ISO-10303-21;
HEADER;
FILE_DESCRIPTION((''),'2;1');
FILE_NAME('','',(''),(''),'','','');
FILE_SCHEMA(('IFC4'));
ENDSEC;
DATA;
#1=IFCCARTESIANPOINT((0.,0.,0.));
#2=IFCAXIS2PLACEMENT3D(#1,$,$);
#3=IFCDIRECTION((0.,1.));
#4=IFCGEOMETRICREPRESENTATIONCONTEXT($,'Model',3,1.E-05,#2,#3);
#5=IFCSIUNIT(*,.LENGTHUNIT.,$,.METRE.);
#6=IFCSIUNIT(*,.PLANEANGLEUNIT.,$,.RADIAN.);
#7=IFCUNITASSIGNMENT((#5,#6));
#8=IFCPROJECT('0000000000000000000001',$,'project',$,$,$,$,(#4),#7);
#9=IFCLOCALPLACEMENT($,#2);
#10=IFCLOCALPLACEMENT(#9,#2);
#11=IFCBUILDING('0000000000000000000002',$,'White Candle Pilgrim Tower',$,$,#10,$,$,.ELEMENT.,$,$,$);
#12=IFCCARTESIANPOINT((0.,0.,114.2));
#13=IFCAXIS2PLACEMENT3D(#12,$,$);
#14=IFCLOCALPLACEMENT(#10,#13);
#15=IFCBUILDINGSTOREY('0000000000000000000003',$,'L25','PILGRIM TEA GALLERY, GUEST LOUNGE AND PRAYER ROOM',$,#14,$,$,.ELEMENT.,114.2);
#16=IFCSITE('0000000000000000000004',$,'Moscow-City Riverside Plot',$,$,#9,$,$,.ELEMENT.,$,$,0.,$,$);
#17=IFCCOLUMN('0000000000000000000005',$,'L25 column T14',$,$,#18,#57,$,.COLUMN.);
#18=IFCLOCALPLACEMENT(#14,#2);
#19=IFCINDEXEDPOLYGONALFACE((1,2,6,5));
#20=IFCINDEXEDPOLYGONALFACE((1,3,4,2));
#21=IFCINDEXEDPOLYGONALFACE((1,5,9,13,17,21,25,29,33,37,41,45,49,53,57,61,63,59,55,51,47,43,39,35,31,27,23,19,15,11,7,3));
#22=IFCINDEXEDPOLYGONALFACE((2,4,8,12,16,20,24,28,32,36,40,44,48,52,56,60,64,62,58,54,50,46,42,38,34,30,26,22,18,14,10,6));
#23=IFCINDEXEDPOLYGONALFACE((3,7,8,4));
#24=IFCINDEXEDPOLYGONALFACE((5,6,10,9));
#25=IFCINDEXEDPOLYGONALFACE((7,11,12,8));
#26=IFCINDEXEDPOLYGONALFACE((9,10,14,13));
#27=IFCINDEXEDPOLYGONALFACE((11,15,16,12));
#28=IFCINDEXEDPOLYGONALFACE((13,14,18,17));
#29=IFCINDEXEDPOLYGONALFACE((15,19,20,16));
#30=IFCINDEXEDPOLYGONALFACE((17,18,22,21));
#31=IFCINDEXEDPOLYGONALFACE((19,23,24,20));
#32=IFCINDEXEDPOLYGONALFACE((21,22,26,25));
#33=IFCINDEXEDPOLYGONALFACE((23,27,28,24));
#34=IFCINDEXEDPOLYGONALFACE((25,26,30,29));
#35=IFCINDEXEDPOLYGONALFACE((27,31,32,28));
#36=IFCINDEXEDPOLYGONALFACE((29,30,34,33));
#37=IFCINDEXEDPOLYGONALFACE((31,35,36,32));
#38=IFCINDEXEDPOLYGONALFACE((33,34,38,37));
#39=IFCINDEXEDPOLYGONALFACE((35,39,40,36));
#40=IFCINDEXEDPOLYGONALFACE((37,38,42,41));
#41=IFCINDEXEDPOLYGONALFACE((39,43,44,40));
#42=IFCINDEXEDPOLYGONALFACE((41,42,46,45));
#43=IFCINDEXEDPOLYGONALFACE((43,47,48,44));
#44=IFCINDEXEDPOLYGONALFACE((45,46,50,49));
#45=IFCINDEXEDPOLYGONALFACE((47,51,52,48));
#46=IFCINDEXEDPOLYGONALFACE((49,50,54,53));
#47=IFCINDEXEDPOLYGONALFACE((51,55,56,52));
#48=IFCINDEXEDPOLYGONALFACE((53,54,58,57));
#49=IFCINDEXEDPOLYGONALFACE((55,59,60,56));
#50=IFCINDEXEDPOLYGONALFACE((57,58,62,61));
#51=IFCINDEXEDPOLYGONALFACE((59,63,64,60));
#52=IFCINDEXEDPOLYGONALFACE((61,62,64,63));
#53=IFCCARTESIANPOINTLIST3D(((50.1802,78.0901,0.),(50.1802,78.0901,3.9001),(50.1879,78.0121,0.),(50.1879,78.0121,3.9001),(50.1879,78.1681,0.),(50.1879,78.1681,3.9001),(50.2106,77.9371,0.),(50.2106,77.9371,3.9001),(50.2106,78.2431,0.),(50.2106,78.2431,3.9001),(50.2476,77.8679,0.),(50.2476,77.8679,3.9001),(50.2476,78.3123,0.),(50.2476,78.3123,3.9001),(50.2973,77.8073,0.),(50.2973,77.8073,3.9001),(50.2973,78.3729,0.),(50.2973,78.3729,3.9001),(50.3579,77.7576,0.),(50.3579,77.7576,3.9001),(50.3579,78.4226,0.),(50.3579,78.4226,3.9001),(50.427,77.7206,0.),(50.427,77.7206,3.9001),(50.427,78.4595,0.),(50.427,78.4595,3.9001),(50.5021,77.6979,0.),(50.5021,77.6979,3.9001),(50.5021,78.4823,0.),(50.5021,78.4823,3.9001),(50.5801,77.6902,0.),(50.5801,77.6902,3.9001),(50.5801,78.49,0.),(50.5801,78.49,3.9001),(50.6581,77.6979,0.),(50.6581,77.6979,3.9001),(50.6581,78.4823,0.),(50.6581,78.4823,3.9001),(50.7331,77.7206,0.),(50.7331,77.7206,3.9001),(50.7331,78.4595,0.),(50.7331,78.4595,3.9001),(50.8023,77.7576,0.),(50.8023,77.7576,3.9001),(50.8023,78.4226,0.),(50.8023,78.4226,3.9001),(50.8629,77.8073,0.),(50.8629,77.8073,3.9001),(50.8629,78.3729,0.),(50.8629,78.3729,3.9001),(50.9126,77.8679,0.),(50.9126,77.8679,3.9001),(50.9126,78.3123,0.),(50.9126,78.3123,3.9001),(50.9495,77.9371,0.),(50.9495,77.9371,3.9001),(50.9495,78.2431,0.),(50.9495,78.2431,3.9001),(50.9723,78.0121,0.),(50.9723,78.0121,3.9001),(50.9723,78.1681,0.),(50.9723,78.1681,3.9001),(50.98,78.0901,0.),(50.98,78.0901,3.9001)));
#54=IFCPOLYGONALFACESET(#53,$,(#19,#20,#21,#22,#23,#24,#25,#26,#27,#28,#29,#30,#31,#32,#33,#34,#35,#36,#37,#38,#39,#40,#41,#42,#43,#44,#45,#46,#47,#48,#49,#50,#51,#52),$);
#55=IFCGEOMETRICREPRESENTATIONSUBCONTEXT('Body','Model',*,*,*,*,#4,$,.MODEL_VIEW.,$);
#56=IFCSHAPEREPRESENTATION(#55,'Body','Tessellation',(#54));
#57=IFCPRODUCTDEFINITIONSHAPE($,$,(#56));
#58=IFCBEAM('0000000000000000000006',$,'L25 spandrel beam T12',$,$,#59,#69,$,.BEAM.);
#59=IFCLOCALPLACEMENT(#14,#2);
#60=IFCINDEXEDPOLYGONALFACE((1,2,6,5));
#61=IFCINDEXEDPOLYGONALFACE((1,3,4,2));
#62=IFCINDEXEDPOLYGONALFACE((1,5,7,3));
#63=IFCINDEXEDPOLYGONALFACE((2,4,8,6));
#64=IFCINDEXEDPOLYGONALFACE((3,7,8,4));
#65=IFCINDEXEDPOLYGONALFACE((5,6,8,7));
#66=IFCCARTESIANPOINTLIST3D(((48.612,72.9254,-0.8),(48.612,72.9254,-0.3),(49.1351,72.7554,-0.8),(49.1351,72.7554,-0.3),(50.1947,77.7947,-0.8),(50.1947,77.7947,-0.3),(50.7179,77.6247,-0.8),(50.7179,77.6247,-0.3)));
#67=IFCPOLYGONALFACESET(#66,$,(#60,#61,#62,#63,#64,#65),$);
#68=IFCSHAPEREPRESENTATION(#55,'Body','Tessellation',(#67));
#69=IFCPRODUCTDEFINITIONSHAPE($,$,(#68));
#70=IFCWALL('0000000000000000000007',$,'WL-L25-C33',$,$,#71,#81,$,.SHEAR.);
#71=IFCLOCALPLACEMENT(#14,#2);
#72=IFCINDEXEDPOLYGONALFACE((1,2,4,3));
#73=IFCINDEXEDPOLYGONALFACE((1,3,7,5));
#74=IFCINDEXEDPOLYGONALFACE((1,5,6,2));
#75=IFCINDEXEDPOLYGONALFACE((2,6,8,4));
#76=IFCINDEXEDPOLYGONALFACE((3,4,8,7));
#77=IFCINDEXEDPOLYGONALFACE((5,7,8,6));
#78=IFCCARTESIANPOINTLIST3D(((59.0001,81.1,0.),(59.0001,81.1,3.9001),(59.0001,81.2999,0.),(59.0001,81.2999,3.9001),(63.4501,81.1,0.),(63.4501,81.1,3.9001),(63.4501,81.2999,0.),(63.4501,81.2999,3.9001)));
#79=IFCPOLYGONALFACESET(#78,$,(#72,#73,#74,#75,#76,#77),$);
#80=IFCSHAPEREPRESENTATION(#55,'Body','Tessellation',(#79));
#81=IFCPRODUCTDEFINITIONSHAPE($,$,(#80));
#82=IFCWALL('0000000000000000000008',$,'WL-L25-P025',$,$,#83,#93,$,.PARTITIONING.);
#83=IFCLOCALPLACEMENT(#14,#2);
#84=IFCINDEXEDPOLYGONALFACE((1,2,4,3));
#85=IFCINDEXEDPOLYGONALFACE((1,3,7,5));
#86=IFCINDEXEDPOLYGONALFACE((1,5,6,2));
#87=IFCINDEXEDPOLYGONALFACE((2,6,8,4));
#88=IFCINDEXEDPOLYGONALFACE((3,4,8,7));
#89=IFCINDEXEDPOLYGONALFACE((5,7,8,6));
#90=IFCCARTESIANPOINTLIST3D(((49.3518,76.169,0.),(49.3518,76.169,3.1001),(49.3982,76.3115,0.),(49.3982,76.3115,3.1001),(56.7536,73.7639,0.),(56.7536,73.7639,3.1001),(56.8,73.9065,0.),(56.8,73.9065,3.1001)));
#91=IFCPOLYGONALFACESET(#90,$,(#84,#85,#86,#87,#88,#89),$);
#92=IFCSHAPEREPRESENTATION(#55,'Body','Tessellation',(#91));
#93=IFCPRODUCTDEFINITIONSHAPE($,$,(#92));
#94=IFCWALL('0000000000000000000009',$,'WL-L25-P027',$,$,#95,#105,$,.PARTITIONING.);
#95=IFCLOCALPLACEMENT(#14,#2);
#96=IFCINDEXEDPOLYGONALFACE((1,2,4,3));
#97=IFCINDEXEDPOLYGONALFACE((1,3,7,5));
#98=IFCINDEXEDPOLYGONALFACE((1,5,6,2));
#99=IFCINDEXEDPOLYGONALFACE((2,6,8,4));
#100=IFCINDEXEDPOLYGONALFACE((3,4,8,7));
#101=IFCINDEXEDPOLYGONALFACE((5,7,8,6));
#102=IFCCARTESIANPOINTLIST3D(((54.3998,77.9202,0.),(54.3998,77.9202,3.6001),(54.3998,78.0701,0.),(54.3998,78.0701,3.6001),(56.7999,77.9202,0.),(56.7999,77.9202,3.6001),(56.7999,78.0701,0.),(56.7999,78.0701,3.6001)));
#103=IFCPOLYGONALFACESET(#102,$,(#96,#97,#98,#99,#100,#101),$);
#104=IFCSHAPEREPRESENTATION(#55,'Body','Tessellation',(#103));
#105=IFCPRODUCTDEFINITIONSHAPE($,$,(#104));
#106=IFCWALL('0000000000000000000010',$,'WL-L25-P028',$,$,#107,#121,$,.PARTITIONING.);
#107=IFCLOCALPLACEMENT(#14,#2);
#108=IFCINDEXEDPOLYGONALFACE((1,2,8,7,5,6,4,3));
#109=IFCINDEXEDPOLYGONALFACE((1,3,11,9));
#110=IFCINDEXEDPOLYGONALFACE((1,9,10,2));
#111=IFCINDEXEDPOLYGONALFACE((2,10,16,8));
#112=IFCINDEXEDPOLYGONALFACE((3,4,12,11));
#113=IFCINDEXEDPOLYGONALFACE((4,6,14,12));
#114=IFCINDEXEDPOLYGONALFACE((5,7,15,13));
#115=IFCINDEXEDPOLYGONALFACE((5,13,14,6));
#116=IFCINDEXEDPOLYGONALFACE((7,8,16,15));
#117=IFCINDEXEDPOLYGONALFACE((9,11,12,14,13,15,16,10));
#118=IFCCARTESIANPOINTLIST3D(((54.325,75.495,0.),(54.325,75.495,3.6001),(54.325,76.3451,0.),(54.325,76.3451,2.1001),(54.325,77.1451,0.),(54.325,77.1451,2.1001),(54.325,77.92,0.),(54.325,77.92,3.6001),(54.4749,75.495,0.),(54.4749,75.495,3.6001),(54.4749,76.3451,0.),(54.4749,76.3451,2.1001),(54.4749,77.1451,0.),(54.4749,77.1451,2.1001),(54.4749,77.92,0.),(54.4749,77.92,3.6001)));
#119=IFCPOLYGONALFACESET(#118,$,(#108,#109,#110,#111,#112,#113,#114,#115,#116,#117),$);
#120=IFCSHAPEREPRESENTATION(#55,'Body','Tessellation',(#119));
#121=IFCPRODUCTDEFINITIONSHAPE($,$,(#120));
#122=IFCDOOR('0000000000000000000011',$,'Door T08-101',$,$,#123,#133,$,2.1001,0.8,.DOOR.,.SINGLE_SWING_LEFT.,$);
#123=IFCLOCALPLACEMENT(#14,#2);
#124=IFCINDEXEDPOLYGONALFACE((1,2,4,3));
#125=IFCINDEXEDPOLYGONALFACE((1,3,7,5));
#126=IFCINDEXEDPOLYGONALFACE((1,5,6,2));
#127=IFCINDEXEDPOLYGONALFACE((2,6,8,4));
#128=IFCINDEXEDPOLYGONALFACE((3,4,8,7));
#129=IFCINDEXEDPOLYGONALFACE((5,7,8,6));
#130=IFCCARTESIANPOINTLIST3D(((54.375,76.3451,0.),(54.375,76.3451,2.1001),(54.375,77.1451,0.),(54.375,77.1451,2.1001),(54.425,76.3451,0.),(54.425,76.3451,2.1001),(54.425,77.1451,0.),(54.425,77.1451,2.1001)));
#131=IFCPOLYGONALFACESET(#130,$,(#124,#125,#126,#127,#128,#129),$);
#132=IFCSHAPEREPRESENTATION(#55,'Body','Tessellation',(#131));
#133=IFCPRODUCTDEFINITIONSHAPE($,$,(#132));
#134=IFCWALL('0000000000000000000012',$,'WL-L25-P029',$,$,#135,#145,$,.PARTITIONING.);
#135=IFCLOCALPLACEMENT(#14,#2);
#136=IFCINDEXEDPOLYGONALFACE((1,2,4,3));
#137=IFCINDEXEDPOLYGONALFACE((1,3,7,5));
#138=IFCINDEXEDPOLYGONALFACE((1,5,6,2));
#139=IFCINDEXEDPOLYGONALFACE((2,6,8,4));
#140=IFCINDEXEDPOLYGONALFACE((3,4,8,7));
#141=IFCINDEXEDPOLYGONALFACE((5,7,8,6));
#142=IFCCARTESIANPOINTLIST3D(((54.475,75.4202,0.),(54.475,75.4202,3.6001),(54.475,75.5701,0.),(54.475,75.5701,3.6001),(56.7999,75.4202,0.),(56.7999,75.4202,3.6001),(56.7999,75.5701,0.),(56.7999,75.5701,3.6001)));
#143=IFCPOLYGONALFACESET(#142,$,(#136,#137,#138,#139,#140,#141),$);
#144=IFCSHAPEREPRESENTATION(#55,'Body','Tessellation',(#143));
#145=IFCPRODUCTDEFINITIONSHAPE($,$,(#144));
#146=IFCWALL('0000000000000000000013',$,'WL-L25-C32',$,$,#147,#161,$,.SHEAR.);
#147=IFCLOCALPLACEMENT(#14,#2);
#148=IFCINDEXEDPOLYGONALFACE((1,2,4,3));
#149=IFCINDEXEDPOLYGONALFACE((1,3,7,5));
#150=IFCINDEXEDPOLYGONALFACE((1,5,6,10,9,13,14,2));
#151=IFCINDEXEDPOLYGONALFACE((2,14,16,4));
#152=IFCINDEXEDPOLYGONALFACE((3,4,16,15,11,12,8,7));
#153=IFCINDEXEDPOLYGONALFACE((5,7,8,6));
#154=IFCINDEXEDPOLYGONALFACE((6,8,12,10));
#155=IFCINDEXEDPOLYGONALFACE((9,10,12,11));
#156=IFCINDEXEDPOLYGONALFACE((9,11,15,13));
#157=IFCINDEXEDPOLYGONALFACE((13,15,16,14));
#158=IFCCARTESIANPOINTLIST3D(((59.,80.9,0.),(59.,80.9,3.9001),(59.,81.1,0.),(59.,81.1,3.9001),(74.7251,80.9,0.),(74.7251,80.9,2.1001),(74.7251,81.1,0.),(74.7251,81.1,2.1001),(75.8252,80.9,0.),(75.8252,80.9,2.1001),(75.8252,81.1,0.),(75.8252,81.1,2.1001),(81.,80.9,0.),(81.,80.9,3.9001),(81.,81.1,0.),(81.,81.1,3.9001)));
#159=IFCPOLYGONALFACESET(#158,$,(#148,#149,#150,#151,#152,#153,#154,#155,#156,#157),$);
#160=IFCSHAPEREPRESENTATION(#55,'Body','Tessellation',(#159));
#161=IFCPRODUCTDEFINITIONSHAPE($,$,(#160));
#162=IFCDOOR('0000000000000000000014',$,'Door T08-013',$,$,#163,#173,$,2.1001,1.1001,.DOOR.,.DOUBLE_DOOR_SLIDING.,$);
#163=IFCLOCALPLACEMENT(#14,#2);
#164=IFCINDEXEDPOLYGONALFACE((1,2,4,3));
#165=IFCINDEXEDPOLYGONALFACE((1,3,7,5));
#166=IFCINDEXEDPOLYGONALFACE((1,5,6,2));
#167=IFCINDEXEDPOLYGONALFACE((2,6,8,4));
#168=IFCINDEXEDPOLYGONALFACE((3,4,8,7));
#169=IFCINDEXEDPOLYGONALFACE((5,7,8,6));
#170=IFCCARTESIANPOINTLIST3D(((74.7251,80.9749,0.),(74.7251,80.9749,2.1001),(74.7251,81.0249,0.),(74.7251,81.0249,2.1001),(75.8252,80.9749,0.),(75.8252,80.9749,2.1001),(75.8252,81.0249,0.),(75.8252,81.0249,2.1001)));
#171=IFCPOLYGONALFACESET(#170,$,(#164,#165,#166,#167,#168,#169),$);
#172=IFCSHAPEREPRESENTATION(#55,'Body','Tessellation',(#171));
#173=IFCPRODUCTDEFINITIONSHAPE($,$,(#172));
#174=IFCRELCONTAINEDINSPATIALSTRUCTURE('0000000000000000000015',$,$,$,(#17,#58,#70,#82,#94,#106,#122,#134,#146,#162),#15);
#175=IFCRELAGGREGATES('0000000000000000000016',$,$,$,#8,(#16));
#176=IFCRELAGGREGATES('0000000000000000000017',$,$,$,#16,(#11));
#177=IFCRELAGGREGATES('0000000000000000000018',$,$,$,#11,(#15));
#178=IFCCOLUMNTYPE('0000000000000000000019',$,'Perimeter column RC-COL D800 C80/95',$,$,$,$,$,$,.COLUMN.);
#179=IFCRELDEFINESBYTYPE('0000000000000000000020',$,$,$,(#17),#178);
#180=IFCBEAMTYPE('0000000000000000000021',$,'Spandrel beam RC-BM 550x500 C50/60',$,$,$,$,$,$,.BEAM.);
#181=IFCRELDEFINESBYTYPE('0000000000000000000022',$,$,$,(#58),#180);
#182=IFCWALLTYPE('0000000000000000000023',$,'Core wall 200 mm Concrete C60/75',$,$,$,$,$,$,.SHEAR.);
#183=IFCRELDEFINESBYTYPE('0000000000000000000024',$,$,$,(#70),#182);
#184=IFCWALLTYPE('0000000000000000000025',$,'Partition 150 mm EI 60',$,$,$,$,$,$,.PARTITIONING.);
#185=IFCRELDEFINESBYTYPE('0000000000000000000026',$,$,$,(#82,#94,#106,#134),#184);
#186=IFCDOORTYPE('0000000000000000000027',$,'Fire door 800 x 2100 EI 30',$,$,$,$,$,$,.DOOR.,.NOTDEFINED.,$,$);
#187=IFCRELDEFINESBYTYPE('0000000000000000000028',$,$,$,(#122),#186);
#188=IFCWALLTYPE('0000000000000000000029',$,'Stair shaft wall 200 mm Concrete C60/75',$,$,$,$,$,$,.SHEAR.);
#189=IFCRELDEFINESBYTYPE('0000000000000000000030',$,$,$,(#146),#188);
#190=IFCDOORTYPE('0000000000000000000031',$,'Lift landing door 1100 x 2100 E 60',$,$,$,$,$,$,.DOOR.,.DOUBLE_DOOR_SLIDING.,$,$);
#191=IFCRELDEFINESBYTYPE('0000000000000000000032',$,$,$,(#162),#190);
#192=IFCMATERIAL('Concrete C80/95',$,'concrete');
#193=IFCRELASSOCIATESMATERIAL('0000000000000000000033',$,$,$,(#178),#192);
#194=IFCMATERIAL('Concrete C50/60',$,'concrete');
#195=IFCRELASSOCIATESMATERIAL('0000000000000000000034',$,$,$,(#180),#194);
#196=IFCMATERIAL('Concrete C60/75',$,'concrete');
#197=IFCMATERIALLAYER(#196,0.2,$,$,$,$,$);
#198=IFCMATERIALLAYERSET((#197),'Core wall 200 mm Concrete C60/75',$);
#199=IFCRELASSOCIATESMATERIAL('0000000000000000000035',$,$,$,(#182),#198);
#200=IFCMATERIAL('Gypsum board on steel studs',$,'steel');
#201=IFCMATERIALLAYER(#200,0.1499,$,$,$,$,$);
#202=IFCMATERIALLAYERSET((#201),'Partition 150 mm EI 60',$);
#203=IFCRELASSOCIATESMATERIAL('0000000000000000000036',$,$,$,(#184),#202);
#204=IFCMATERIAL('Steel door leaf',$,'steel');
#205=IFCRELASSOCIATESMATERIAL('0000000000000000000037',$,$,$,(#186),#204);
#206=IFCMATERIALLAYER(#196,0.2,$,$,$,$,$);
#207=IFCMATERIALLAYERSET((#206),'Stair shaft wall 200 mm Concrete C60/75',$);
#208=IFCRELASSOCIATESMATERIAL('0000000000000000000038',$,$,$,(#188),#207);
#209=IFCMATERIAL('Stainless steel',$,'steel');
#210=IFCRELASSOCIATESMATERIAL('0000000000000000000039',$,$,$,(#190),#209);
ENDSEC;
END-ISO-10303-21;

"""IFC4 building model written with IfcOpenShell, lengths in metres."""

from ifc_helpers import new_model, si_unit, direction, frame, frame_2d, origin, origin_2d, place, context, subcontext, project, spatial, rectangle, circle, extrude, material, layer, layer_set, material_profile, profile_set, type_object, element, fill, save


model = new_model("IFC4")

# Units and contexts
model_context = context("Model", 3, precision=1e-05, world=origin(), true_north=direction((0.0, 1.0)))
body_context = subcontext(model_context, "Body", "Model", "MODEL_VIEW")
ifc_project = project(units=[si_unit("LENGTHUNIT", "METRE"), si_unit("PLANEANGLEUNIT", "RADIAN")], contexts=[model_context])

# Site, building, storey
site_placement = place(None, origin())
site = spatial("IfcSite", under=ifc_project, at=site_placement, Name="Moscow-City Riverside Plot", CompositionType="ELEMENT", RefElevation=0.0)
building_placement = place(site_placement, origin())
building = spatial("IfcBuilding", under=site, at=building_placement, Name="White Candle Pilgrim Tower", CompositionType="ELEMENT")
storey_placement = place(building_placement, frame((0.0, 0.0, 114.2)))
storey = spatial("IfcBuildingStorey", under=building, at=storey_placement, Name="L25", Description="PILGRIM TEA GALLERY, GUEST LOUNGE AND PRAYER ROOM", CompositionType="ELEMENT", Elevation=114.2)

# Column
ifc_material_1 = material(Name="Concrete C80/95", Category="concrete")
ifc_material_profile_1 = material_profile(ifc_material_1, circle(Radius=0.3999, at=origin_2d()), Name="RC-COL D800")
ifc_profile_set_1 = profile_set([ifc_material_profile_1], Name="Concrete C80/95")
column_type = type_object("IfcColumnType", Name="Perimeter column RC-COL D800 C80/95", PredefinedType="COLUMN", material=ifc_profile_set_1)
column_placement = place(storey_placement, frame((50.5801, 78.0901, 0.0), z_axis=(0.0, 0.0, 1.0), x_axis=(1.0, 0.0, 0.0)))
element("IfcColumn", 1, at=column_placement, inside=storey, type_object=column_type, Name="L25 column T14", PredefinedType="COLUMN", context=body_context, shape_type="SweptSolid", body=[
    extrude(circle(Radius=0.3999, at=origin_2d()), origin(), (0.0, 0.0, 1.0), 3.9001),
])

# Beam
ifc_material_2 = material(Name="Concrete C50/60", Category="concrete")
ifc_material_profile_2 = material_profile(ifc_material_2, rectangle(XDim=0.55, YDim=0.5, at=origin_2d()), Name="RC-BM 550x500")
ifc_profile_set_2 = profile_set([ifc_material_profile_2], Name="Concrete C50/60")
beam_type = type_object("IfcBeamType", Name="Spandrel beam RC-BM 550x500 C50/60", PredefinedType="BEAM", material=ifc_profile_set_2)
beam_placement = place(storey_placement, frame((50.4563, 77.7097, -0.55), z_axis=(-0.309124, -0.951022, 0.0), x_axis=(0.951022, -0.309124, 0.0)))
element("IfcBeam", 2, at=beam_placement, inside=storey, type_object=beam_type, Name="L25 spandrel beam T12", PredefinedType="BEAM", context=body_context, shape_type="SweptSolid", body=[
    extrude(rectangle(XDim=0.55, YDim=0.5, at=origin_2d()), origin(), (0.0, 0.0, 1.0), 5.1201),
])

# Walls
ifc_material_3 = material(Name="Concrete C60/75", Category="concrete")
ifc_layer_1 = layer(ifc_material_3, 0.2)
ifc_layer_set_1 = layer_set([ifc_layer_1], Name="Core wall 200 mm Concrete C60/75")
wall_type_1 = type_object("IfcWallType", Name="Core wall 200 mm Concrete C60/75", PredefinedType="SHEAR", material=ifc_layer_set_1)
wall_1_placement = place(storey_placement, frame((59.0, 81.2, 0.0), z_axis=(0.0, 0.0, 1.0), x_axis=(1.0, 0.0, 0.0)))
element("IfcWall", 3, at=wall_1_placement, inside=storey, type_object=wall_type_1, Name="WL-L25-C33", PredefinedType="SHEAR", context=body_context, shape_type="SweptSolid", body=[
    extrude(rectangle(XDim=4.45, YDim=0.2, at=frame_2d((2.2251, 0.0))), origin(), (0.0, 0.0, 1.0), 3.9001),
])
ifc_material_4 = material(Name="Gypsum board on steel studs", Category="steel")
ifc_layer_2 = layer(ifc_material_4, 0.1499)
ifc_layer_set_2 = layer_set([ifc_layer_2], Name="Partition 150 mm EI 60")
wall_type_2 = type_object("IfcWallType", Name="Partition 150 mm EI 60", PredefinedType="PARTITIONING", material=ifc_layer_set_2)
wall_2_placement = place(storey_placement, frame((49.375, 76.2402, 0.0), z_axis=(0.0, 0.0, 1.0), x_axis=(0.951056, -0.309019, 0.0)))
element("IfcWall", 4, at=wall_2_placement, inside=storey, type_object=wall_type_2, Name="WL-L25-P025", PredefinedType="PARTITIONING", context=body_context, shape_type="SweptSolid", body=[
    extrude(rectangle(XDim=7.7827, YDim=0.1499, at=frame_2d((3.8914, 0.0))), origin(), (0.0, 0.0, 1.0), 3.1001),
])
wall_3_placement = place(storey_placement, frame((56.8, 77.9951, 0.0), z_axis=(0.0, 0.0, 1.0), x_axis=(-1.0, 0.0, 0.0)))
element("IfcWall", 5, at=wall_3_placement, inside=storey, type_object=wall_type_2, Name="WL-L25-P027", PredefinedType="PARTITIONING", context=body_context, shape_type="SweptSolid", body=[
    extrude(rectangle(XDim=2.4001, YDim=0.1499, at=frame_2d((1.2002, 0.0))), origin(), (0.0, 0.0, 1.0), 3.6001),
])

# Wall, opening, door
wall_4_placement = place(storey_placement, frame((54.3999, 75.4951, 0.0), z_axis=(0.0, 0.0, 1.0), x_axis=(0.0, 1.0, 0.0)))
wall_4 = element("IfcWall", 6, at=wall_4_placement, inside=storey, type_object=wall_type_2, Name="WL-L25-P028", PredefinedType="PARTITIONING", context=body_context, shape_type="SweptSolid", body=[
    extrude(rectangle(XDim=2.425, YDim=0.1499, at=frame_2d((1.2124, 0.0))), origin(), (0.0, 0.0, 1.0), 3.6001),
])
opening_1_placement = place(wall_4_placement, frame((0.8501, 0.0, 0.0)))
opening_1 = element("IfcOpeningElement", 7, at=opening_1_placement, cuts=wall_4, PredefinedType="OPENING", context=body_context, shape_type="SweptSolid", body=[
    extrude(rectangle(XDim=0.8, YDim=2.1001, at=frame_2d((0.3999, 1.05))), frame((0.0, 0.085, 0.0), z_axis=(0.0, -1.0, 0.0), x_axis=(1.0, 0.0, 0.0)), (0.0, 0.0, 1.0), 0.1699),
])
ifc_material_5 = material(Name="Steel door leaf", Category="steel")
door_type_1 = type_object("IfcDoorType", Name="Fire door 800 x 2100 EI 30", OperationType="NOTDEFINED", PredefinedType="DOOR", material=ifc_material_5)
door_1_placement = place(opening_1_placement, origin())
door_1 = element("IfcDoor", 8, at=door_1_placement, inside=storey, type_object=door_type_1, Name="Door T08-101", OperationType="SINGLE_SWING_LEFT", OverallHeight=2.1001, OverallWidth=0.8, PredefinedType="DOOR", context=body_context, shape_type="SweptSolid", body=[
    extrude(rectangle(XDim=0.8, YDim=2.1001, at=frame_2d((0.3999, 1.05))), frame((0.0, 0.0249, 0.0), z_axis=(0.0, -1.0, 0.0), x_axis=(1.0, 0.0, 0.0)), (0.0, 0.0, 1.0), 0.05),
])
fill(opening_1, door_1)

# Wall
wall_5_placement = place(storey_placement, frame((56.8, 75.4951, 0.0), z_axis=(0.0, 0.0, 1.0), x_axis=(-1.0, 0.0, 0.0)))
element("IfcWall", 9, at=wall_5_placement, inside=storey, type_object=wall_type_2, Name="WL-L25-P029", PredefinedType="PARTITIONING", context=body_context, shape_type="SweptSolid", body=[
    extrude(rectangle(XDim=2.325, YDim=0.1499, at=frame_2d((1.1626, 0.0))), origin(), (0.0, 0.0, 1.0), 3.6001),
])

# Wall, opening, door
ifc_layer_3 = layer(ifc_material_3, 0.2)
ifc_layer_set_3 = layer_set([ifc_layer_3], Name="Stair shaft wall 200 mm Concrete C60/75")
wall_type_3 = type_object("IfcWallType", Name="Stair shaft wall 200 mm Concrete C60/75", PredefinedType="SHEAR", material=ifc_layer_set_3)
wall_6_placement = place(storey_placement, frame((59.0, 81.0, 0.0), z_axis=(0.0, 0.0, 1.0), x_axis=(1.0, 0.0, 0.0)))
wall_6 = element("IfcWall", 10, at=wall_6_placement, inside=storey, type_object=wall_type_3, Name="WL-L25-C32", PredefinedType="SHEAR", context=body_context, shape_type="SweptSolid", body=[
    extrude(rectangle(XDim=22.0, YDim=0.2, at=frame_2d((11.0, 0.0))), origin(), (0.0, 0.0, 1.0), 3.9001),
])
opening_2_placement = place(wall_6_placement, frame((15.7251, 0.0, 0.0)))
opening_2 = element("IfcOpeningElement", 11, at=opening_2_placement, cuts=wall_6, PredefinedType="OPENING", context=body_context, shape_type="SweptSolid", body=[
    extrude(rectangle(XDim=1.1001, YDim=2.1001, at=frame_2d((0.55, 1.05))), frame((0.0, 0.1099, 0.0), z_axis=(0.0, -1.0, 0.0), x_axis=(1.0, 0.0, 0.0)), (0.0, 0.0, 1.0), 0.22),
])
ifc_material_6 = material(Name="Stainless steel", Category="steel")
door_type_2 = type_object("IfcDoorType", Name="Lift landing door 1100 x 2100 E 60", OperationType="DOUBLE_DOOR_SLIDING", PredefinedType="DOOR", material=ifc_material_6)
door_2_placement = place(opening_2_placement, origin())
door_2 = element("IfcDoor", 12, at=door_2_placement, inside=storey, type_object=door_type_2, Name="Door T08-013", OperationType="DOUBLE_DOOR_SLIDING", OverallHeight=2.1001, OverallWidth=1.1001, PredefinedType="DOOR", context=body_context, shape_type="SweptSolid", body=[
    extrude(rectangle(XDim=1.1001, YDim=2.1001, at=frame_2d((0.55, 1.05))), frame((0.0, 0.0249, 0.0), z_axis=(0.0, -1.0, 0.0), x_axis=(1.0, 0.0, 0.0)), (0.0, 0.0, 1.0), 0.05),
])
fill(opening_2, door_2)

save(model, "model.ifc")
